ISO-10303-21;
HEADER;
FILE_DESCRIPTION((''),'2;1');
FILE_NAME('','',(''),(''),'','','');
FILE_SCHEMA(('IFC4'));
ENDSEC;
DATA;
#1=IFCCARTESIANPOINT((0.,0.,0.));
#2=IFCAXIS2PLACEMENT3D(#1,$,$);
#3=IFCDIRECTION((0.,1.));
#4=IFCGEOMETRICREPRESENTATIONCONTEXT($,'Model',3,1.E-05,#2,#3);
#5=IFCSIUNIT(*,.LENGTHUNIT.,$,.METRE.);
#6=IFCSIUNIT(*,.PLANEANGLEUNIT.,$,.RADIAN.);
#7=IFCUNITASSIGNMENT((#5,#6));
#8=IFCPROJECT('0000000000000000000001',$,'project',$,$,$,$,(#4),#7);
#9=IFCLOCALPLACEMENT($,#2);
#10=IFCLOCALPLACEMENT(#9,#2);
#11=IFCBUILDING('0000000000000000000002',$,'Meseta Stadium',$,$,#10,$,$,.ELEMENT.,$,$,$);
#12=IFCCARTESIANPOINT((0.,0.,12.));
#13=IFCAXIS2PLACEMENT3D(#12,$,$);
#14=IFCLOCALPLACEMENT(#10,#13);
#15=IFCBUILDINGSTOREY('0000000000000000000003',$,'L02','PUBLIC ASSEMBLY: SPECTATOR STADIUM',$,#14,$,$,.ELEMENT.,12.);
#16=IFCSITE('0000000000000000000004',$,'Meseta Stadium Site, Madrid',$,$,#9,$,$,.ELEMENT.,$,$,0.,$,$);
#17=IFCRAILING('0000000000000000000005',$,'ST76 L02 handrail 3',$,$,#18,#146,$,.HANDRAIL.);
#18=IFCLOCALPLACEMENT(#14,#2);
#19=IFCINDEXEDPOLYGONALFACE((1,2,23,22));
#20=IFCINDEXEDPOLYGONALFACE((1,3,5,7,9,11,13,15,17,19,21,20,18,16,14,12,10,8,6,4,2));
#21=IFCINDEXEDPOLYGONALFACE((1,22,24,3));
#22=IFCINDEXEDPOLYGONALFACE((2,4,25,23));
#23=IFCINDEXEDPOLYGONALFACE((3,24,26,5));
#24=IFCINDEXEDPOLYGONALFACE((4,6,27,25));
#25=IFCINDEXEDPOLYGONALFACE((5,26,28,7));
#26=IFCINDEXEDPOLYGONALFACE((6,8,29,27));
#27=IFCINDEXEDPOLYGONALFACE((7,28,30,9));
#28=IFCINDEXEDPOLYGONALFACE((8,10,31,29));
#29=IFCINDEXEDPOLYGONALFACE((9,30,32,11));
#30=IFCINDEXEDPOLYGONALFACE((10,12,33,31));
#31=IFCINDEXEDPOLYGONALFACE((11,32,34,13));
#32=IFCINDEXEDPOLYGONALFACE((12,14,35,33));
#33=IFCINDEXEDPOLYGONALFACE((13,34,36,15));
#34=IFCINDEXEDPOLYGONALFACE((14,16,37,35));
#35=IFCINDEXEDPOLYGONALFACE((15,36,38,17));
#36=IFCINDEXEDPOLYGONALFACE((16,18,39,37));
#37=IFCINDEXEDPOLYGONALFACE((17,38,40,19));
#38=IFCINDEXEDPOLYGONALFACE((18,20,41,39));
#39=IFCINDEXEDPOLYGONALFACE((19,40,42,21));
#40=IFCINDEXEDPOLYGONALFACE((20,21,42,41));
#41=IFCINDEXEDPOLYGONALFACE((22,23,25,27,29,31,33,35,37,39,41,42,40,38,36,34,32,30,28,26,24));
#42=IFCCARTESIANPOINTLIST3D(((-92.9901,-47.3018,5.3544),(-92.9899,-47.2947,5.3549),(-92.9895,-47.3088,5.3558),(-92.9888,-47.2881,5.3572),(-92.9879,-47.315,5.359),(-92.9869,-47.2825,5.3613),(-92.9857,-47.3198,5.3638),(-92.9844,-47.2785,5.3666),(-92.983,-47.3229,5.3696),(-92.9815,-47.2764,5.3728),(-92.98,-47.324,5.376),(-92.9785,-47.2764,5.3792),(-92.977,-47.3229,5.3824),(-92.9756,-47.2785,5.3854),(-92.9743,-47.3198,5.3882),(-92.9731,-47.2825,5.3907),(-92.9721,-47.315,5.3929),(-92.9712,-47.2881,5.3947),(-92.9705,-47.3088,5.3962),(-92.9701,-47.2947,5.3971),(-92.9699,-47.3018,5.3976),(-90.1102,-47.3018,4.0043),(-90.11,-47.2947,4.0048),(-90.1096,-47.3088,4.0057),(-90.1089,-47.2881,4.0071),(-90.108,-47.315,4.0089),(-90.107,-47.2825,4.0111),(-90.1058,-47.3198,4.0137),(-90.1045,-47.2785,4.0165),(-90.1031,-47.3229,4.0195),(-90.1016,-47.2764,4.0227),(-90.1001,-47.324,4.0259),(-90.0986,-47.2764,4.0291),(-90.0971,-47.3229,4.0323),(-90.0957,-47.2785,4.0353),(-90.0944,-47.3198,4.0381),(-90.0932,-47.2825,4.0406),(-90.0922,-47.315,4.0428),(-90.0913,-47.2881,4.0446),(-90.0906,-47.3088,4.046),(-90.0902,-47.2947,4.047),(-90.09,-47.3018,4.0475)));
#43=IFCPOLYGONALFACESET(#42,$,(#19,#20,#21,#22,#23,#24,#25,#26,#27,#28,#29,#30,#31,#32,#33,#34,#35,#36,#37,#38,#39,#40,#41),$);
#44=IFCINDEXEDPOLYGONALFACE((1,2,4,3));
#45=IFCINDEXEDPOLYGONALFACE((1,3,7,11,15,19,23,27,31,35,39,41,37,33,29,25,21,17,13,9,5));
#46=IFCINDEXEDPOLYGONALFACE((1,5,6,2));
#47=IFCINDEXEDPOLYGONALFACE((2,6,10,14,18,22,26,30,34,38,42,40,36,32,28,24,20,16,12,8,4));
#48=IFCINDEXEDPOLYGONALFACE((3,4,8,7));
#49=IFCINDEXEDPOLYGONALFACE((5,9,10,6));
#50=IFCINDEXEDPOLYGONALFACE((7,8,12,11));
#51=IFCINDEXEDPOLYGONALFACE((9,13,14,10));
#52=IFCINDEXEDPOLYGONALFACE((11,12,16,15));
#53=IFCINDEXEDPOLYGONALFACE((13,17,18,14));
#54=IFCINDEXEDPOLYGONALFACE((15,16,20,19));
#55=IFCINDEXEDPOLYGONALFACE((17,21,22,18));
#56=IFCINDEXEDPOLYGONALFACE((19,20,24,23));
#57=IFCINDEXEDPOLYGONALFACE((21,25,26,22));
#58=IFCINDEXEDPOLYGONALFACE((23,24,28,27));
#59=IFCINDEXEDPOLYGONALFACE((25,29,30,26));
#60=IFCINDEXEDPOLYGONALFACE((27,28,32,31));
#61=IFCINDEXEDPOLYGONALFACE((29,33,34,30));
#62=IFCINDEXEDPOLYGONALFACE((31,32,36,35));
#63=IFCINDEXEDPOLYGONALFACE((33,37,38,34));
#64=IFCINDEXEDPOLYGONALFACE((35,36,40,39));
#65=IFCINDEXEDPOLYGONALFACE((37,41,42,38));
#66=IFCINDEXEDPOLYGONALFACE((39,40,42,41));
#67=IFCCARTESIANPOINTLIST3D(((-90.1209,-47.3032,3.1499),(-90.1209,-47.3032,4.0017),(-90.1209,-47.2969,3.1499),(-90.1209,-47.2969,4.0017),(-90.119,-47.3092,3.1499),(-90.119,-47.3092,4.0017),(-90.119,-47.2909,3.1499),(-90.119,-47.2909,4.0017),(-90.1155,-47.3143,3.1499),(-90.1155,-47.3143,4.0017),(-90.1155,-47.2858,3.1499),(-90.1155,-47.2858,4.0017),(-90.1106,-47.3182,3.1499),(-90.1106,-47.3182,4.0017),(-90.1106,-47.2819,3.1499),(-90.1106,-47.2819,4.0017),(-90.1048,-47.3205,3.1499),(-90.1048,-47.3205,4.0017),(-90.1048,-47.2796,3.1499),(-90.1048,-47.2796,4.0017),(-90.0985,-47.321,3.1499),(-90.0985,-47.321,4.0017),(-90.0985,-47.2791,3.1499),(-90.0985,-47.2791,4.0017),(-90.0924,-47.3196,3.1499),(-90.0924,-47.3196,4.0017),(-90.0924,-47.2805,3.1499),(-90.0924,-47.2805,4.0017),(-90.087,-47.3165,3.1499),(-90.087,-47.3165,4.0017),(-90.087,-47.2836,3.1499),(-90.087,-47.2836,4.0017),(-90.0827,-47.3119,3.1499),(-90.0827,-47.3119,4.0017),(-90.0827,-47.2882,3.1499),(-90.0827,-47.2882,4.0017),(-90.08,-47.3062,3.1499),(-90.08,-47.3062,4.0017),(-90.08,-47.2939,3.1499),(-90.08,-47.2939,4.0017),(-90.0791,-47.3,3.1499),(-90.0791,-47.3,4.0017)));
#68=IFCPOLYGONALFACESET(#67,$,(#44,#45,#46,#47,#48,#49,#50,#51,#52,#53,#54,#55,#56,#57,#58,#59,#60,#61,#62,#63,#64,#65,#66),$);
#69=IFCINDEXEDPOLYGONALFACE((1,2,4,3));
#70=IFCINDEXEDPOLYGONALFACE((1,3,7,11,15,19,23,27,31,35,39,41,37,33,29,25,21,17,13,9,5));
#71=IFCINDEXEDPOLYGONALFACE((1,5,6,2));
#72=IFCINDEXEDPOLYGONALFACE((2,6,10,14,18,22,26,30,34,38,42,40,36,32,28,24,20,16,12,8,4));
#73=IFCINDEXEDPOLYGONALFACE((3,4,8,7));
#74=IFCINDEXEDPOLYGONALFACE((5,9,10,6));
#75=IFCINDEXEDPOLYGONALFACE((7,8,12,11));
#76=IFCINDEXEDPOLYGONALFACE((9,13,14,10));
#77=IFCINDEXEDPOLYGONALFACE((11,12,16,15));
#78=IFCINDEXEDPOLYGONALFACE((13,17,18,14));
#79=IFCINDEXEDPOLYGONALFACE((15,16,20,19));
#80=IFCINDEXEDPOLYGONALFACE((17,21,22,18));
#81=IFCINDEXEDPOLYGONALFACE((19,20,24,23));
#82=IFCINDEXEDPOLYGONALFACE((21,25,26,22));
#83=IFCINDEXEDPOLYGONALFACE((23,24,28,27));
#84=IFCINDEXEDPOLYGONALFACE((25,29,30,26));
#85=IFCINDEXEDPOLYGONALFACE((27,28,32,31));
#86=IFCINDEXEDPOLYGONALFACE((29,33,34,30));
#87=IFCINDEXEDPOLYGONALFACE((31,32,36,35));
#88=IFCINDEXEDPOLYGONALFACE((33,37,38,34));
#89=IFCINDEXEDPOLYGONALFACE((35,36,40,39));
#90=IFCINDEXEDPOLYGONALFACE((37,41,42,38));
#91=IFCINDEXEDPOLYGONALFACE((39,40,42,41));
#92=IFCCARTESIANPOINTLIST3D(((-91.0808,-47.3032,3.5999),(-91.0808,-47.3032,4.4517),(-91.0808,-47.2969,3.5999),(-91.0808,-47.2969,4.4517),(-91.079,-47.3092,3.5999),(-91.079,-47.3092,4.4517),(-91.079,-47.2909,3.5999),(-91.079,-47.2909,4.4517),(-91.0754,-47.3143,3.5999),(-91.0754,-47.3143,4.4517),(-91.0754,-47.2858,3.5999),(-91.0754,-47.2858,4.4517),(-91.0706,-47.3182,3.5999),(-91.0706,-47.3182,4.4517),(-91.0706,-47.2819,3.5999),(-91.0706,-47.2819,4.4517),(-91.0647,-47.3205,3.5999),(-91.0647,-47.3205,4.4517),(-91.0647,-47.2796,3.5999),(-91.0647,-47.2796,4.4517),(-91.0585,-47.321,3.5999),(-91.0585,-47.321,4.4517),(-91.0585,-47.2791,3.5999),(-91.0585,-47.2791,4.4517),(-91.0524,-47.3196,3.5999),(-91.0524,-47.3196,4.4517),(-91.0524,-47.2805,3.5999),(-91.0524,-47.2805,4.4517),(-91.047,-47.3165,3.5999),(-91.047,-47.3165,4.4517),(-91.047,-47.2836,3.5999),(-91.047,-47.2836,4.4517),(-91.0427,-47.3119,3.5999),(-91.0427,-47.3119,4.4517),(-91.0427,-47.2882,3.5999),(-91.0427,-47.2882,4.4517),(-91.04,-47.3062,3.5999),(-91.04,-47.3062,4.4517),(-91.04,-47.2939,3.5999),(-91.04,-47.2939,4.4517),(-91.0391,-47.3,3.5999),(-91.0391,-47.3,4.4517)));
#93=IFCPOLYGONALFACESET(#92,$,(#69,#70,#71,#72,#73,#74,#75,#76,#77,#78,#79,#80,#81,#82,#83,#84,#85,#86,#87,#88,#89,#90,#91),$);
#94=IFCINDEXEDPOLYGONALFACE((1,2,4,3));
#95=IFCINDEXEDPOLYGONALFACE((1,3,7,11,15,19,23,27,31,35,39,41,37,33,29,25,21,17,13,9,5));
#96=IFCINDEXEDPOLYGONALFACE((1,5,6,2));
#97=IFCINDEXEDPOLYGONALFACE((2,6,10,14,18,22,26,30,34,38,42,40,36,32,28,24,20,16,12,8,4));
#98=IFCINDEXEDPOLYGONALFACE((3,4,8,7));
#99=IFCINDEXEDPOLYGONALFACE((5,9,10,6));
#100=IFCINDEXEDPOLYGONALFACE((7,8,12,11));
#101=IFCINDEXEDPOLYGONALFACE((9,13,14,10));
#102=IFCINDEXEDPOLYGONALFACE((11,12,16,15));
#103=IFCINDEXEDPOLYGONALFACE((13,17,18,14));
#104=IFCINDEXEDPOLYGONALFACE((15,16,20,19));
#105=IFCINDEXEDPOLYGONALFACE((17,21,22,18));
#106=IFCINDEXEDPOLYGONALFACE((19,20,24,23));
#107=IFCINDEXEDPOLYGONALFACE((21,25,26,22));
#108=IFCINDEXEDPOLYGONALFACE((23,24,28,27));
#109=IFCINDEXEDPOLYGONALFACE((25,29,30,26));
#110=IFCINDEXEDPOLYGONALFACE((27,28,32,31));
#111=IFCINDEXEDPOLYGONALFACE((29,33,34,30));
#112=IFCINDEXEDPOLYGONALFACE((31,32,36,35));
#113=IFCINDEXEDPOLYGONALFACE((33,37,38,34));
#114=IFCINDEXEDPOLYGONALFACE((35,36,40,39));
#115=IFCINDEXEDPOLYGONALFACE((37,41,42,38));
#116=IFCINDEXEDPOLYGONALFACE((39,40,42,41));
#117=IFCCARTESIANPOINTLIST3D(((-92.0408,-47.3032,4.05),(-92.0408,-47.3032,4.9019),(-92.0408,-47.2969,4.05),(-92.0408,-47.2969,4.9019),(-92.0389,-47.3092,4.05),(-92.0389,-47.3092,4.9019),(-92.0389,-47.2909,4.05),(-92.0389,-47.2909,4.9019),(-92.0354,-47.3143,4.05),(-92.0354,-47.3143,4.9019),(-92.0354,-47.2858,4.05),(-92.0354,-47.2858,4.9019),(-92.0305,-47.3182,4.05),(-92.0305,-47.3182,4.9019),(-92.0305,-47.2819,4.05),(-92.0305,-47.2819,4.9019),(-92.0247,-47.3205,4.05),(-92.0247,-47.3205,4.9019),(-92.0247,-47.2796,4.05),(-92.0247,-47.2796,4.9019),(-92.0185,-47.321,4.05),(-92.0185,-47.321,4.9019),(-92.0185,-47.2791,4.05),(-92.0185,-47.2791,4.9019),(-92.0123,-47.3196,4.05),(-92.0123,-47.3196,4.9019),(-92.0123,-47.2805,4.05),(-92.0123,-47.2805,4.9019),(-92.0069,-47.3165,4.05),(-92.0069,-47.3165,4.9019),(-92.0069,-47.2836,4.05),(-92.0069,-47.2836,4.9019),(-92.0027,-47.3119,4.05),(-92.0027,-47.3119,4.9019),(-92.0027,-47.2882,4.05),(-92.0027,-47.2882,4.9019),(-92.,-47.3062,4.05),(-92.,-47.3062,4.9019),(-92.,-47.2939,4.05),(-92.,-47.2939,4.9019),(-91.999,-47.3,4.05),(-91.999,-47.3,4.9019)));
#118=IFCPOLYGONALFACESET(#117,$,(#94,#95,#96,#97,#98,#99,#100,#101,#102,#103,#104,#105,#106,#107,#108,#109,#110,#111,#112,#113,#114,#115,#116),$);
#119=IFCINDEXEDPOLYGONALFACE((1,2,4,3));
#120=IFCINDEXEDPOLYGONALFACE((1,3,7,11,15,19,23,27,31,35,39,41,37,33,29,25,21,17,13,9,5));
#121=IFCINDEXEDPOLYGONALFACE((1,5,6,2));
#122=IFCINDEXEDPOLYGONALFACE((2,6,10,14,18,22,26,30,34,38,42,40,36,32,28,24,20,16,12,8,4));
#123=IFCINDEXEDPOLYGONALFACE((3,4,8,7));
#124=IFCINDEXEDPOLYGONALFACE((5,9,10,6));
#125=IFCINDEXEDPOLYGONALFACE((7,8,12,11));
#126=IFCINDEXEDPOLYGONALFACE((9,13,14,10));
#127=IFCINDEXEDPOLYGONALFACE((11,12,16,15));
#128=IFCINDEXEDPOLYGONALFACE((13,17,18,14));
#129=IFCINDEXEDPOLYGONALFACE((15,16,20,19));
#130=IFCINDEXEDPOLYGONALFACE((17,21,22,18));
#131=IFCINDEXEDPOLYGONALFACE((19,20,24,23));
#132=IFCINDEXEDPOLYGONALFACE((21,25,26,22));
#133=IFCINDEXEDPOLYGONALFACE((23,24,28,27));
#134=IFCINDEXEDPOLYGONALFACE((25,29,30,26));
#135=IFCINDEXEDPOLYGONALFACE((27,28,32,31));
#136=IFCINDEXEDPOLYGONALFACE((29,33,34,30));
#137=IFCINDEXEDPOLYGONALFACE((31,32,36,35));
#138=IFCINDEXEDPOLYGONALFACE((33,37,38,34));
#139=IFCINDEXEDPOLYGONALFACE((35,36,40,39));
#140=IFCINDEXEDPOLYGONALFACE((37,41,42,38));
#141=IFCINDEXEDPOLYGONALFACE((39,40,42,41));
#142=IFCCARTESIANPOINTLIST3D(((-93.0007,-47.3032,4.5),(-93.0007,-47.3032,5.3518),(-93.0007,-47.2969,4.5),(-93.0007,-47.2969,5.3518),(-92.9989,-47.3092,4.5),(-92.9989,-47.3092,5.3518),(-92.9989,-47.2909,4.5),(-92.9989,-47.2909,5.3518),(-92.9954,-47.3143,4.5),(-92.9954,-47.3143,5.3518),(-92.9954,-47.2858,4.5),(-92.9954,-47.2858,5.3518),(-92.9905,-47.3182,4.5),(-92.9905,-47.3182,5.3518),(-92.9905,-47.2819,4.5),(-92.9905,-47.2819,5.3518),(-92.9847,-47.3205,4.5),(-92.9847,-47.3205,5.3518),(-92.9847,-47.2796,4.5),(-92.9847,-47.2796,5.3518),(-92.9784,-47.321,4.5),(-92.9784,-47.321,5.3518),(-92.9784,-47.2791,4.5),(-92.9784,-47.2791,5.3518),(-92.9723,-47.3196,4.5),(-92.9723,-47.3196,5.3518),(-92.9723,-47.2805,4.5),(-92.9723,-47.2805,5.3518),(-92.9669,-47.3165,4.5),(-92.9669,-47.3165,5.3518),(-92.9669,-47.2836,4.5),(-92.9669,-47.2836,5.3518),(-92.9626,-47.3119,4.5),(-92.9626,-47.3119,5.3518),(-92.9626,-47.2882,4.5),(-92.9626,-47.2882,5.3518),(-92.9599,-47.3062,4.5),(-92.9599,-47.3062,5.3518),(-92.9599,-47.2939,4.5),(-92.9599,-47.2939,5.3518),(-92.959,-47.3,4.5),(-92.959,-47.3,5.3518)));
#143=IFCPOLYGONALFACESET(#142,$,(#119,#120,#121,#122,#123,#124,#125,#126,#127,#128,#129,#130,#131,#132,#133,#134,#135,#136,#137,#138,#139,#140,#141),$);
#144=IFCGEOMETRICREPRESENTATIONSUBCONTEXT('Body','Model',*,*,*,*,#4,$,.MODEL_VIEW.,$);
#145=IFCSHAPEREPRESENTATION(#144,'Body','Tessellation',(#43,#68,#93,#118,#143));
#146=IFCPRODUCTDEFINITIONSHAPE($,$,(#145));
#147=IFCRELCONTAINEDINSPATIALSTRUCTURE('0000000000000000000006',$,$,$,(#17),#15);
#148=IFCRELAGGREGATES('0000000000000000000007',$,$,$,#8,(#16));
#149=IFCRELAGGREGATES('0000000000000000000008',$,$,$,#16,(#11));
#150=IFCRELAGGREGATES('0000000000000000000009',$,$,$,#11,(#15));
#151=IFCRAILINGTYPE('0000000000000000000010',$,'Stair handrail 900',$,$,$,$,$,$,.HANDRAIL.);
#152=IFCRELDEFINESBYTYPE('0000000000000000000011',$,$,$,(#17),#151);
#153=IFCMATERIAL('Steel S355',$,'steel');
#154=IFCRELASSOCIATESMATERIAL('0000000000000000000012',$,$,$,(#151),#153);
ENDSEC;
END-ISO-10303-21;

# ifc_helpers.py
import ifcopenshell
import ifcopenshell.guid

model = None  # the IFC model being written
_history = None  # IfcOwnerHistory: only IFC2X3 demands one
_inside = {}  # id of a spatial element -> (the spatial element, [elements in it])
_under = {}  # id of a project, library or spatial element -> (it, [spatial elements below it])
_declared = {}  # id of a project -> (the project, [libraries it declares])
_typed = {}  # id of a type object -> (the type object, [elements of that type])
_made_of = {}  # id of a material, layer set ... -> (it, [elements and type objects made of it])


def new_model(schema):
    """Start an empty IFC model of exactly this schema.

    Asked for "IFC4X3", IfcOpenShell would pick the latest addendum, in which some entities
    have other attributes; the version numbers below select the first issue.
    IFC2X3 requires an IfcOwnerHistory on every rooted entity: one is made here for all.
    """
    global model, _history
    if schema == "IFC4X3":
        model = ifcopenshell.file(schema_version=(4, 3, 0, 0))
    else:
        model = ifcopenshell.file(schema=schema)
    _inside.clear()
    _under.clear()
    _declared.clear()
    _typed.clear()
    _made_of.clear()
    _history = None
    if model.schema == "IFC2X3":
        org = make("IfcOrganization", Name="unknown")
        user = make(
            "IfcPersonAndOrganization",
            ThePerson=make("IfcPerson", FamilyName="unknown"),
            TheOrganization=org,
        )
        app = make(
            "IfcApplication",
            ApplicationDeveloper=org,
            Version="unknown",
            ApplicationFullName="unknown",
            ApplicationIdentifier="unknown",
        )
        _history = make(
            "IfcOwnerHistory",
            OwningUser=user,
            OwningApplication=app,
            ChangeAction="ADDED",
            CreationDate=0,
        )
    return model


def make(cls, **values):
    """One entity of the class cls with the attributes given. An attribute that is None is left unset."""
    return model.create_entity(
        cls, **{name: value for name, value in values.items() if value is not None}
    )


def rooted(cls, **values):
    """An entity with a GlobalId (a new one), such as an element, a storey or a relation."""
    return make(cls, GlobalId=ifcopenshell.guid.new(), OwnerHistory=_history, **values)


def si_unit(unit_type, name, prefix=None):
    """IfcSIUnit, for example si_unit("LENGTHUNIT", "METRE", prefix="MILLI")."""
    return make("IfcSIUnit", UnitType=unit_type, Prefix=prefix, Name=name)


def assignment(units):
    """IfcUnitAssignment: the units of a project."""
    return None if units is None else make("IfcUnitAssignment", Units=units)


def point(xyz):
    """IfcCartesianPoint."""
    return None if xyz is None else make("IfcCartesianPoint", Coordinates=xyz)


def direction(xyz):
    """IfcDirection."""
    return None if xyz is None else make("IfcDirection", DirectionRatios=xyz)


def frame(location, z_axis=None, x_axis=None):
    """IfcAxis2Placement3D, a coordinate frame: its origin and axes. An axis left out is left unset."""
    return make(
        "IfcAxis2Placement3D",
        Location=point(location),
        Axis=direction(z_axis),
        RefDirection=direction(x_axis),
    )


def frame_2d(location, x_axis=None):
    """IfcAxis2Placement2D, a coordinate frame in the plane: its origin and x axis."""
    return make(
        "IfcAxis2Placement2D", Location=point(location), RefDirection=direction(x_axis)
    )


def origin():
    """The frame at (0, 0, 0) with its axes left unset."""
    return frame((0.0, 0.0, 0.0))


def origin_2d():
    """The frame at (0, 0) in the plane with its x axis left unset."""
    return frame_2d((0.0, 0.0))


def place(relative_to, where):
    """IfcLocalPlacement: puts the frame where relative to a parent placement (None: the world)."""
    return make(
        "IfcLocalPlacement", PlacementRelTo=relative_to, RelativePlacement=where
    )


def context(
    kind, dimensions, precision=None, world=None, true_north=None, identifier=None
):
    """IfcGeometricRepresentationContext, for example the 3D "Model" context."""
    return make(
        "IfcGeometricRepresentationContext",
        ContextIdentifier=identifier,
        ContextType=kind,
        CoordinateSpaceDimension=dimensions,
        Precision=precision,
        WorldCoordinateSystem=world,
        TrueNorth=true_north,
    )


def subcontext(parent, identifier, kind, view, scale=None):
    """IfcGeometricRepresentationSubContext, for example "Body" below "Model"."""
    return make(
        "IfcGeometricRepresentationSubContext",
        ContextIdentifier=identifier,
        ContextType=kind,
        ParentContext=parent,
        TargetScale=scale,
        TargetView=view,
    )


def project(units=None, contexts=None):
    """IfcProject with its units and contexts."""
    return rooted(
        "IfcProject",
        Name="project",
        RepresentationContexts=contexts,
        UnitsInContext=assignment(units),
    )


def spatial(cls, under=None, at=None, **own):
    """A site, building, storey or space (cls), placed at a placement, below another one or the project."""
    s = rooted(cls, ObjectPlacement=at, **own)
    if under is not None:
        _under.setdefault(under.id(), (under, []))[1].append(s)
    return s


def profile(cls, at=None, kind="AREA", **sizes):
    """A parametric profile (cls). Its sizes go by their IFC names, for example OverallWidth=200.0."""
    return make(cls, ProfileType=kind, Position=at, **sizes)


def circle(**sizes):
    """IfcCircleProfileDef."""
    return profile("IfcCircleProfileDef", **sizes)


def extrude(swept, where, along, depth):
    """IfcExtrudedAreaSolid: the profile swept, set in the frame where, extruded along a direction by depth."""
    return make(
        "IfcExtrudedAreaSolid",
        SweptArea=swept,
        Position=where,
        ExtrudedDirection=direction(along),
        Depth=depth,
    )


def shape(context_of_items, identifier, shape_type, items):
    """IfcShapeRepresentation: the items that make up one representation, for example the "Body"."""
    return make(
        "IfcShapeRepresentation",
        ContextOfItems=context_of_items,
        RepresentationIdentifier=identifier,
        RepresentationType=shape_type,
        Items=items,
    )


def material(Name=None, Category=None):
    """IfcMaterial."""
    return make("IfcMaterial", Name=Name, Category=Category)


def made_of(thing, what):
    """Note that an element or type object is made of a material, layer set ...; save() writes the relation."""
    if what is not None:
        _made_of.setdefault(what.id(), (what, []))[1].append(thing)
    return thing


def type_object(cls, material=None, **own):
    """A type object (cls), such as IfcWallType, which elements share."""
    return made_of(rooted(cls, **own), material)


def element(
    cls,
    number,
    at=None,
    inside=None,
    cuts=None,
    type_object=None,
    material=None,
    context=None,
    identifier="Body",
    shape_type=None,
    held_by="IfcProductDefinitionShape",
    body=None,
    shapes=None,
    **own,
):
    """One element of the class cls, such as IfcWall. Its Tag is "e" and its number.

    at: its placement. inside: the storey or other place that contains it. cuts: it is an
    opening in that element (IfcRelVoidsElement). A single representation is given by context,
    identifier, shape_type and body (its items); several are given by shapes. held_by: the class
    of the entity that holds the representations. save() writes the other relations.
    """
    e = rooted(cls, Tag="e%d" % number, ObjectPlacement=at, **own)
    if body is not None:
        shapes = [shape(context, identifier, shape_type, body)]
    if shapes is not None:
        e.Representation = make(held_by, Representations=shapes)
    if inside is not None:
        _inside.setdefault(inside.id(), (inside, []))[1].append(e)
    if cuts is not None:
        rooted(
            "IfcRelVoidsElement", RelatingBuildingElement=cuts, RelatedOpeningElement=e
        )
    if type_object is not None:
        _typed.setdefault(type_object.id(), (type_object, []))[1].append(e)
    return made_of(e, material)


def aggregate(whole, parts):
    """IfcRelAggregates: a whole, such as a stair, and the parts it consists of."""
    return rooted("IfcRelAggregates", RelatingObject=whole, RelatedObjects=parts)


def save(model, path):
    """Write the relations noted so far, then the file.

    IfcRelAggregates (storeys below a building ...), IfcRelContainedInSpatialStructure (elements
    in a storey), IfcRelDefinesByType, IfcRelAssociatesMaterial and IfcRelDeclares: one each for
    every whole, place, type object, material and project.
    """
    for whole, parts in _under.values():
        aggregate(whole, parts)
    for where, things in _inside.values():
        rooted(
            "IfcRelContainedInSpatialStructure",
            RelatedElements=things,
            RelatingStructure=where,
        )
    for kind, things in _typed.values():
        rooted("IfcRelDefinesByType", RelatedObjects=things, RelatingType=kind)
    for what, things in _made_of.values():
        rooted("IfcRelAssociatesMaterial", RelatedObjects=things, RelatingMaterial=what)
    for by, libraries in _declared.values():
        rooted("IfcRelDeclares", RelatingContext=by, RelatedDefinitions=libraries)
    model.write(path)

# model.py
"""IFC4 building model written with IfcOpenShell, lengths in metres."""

from ifc_helpers import new_model, si_unit, direction, frame, origin, origin_2d, place, context, subcontext, project, spatial, circle, extrude, material, type_object, element, save


model = new_model("IFC4")

# Units and contexts
model_context = context("Model", 3, precision=1e-05, world=origin(), true_north=direction((0.0, 1.0)))
body_context = subcontext(model_context, "Body", "Model", "MODEL_VIEW")
ifc_project = project(units=[si_unit("LENGTHUNIT", "METRE"), si_unit("PLANEANGLEUNIT", "RADIAN")], contexts=[model_context])

# Site, building, storey
site_placement = place(None, origin())
site = spatial("IfcSite", under=ifc_project, at=site_placement, Name="Meseta Stadium Site, Madrid", CompositionType="ELEMENT", RefElevation=0.0)
building_placement = place(site_placement, origin())
building = spatial("IfcBuilding", under=site, at=building_placement, Name="Meseta Stadium", CompositionType="ELEMENT")
storey_placement = place(building_placement, frame((0.0, 0.0, 12.0)))
storey = spatial("IfcBuildingStorey", under=building, at=storey_placement, Name="L02", Description="PUBLIC ASSEMBLY: SPECTATOR STADIUM", CompositionType="ELEMENT", Elevation=12.0)

# Railing
ifc_material_1 = material(Name="Steel S355", Category="steel")
railing_type_1 = type_object("IfcRailingType", Name="Stair handrail 900", PredefinedType="HANDRAIL", material=ifc_material_1)
for number, where, name in (
    (1, (-90.1001, -47.3, 3.1499), "ST76 L02 handrail 3"),
):
    element("IfcRailing", number, at=place(storey_placement, frame(where)), inside=storey, type_object=railing_type_1, Name=name, PredefinedType="HANDRAIL", context=body_context, shape_type="SweptSolid", body=[
        extrude(circle(Radius=0.0239, at=origin_2d()), frame((0.0, 0.0, 0.876), z_axis=(-0.90544, 0.0, 0.424473), x_axis=(0.0, -1.0, 0.0)), (0.0, 0.0, 1.0), 3.1807),
        extrude(circle(Radius=0.021, at=origin_2d()), origin(), (0.0, 0.0, 1.0), 0.8518),
        extrude(circle(Radius=0.021, at=origin_2d()), frame((-0.96, 0.0, 0.45)), (0.0, 0.0, 1.0), 0.8518),
        extrude(circle(Radius=0.021, at=origin_2d()), frame((-1.9199, 0.0, 0.9001)), (0.0, 0.0, 1.0), 0.8518),
        extrude(circle(Radius=0.021, at=origin_2d()), frame((-2.8799, 0.0, 1.3501)), (0.0, 0.0, 1.0), 0.8518),
    ])

save(model, "model.ifc")
